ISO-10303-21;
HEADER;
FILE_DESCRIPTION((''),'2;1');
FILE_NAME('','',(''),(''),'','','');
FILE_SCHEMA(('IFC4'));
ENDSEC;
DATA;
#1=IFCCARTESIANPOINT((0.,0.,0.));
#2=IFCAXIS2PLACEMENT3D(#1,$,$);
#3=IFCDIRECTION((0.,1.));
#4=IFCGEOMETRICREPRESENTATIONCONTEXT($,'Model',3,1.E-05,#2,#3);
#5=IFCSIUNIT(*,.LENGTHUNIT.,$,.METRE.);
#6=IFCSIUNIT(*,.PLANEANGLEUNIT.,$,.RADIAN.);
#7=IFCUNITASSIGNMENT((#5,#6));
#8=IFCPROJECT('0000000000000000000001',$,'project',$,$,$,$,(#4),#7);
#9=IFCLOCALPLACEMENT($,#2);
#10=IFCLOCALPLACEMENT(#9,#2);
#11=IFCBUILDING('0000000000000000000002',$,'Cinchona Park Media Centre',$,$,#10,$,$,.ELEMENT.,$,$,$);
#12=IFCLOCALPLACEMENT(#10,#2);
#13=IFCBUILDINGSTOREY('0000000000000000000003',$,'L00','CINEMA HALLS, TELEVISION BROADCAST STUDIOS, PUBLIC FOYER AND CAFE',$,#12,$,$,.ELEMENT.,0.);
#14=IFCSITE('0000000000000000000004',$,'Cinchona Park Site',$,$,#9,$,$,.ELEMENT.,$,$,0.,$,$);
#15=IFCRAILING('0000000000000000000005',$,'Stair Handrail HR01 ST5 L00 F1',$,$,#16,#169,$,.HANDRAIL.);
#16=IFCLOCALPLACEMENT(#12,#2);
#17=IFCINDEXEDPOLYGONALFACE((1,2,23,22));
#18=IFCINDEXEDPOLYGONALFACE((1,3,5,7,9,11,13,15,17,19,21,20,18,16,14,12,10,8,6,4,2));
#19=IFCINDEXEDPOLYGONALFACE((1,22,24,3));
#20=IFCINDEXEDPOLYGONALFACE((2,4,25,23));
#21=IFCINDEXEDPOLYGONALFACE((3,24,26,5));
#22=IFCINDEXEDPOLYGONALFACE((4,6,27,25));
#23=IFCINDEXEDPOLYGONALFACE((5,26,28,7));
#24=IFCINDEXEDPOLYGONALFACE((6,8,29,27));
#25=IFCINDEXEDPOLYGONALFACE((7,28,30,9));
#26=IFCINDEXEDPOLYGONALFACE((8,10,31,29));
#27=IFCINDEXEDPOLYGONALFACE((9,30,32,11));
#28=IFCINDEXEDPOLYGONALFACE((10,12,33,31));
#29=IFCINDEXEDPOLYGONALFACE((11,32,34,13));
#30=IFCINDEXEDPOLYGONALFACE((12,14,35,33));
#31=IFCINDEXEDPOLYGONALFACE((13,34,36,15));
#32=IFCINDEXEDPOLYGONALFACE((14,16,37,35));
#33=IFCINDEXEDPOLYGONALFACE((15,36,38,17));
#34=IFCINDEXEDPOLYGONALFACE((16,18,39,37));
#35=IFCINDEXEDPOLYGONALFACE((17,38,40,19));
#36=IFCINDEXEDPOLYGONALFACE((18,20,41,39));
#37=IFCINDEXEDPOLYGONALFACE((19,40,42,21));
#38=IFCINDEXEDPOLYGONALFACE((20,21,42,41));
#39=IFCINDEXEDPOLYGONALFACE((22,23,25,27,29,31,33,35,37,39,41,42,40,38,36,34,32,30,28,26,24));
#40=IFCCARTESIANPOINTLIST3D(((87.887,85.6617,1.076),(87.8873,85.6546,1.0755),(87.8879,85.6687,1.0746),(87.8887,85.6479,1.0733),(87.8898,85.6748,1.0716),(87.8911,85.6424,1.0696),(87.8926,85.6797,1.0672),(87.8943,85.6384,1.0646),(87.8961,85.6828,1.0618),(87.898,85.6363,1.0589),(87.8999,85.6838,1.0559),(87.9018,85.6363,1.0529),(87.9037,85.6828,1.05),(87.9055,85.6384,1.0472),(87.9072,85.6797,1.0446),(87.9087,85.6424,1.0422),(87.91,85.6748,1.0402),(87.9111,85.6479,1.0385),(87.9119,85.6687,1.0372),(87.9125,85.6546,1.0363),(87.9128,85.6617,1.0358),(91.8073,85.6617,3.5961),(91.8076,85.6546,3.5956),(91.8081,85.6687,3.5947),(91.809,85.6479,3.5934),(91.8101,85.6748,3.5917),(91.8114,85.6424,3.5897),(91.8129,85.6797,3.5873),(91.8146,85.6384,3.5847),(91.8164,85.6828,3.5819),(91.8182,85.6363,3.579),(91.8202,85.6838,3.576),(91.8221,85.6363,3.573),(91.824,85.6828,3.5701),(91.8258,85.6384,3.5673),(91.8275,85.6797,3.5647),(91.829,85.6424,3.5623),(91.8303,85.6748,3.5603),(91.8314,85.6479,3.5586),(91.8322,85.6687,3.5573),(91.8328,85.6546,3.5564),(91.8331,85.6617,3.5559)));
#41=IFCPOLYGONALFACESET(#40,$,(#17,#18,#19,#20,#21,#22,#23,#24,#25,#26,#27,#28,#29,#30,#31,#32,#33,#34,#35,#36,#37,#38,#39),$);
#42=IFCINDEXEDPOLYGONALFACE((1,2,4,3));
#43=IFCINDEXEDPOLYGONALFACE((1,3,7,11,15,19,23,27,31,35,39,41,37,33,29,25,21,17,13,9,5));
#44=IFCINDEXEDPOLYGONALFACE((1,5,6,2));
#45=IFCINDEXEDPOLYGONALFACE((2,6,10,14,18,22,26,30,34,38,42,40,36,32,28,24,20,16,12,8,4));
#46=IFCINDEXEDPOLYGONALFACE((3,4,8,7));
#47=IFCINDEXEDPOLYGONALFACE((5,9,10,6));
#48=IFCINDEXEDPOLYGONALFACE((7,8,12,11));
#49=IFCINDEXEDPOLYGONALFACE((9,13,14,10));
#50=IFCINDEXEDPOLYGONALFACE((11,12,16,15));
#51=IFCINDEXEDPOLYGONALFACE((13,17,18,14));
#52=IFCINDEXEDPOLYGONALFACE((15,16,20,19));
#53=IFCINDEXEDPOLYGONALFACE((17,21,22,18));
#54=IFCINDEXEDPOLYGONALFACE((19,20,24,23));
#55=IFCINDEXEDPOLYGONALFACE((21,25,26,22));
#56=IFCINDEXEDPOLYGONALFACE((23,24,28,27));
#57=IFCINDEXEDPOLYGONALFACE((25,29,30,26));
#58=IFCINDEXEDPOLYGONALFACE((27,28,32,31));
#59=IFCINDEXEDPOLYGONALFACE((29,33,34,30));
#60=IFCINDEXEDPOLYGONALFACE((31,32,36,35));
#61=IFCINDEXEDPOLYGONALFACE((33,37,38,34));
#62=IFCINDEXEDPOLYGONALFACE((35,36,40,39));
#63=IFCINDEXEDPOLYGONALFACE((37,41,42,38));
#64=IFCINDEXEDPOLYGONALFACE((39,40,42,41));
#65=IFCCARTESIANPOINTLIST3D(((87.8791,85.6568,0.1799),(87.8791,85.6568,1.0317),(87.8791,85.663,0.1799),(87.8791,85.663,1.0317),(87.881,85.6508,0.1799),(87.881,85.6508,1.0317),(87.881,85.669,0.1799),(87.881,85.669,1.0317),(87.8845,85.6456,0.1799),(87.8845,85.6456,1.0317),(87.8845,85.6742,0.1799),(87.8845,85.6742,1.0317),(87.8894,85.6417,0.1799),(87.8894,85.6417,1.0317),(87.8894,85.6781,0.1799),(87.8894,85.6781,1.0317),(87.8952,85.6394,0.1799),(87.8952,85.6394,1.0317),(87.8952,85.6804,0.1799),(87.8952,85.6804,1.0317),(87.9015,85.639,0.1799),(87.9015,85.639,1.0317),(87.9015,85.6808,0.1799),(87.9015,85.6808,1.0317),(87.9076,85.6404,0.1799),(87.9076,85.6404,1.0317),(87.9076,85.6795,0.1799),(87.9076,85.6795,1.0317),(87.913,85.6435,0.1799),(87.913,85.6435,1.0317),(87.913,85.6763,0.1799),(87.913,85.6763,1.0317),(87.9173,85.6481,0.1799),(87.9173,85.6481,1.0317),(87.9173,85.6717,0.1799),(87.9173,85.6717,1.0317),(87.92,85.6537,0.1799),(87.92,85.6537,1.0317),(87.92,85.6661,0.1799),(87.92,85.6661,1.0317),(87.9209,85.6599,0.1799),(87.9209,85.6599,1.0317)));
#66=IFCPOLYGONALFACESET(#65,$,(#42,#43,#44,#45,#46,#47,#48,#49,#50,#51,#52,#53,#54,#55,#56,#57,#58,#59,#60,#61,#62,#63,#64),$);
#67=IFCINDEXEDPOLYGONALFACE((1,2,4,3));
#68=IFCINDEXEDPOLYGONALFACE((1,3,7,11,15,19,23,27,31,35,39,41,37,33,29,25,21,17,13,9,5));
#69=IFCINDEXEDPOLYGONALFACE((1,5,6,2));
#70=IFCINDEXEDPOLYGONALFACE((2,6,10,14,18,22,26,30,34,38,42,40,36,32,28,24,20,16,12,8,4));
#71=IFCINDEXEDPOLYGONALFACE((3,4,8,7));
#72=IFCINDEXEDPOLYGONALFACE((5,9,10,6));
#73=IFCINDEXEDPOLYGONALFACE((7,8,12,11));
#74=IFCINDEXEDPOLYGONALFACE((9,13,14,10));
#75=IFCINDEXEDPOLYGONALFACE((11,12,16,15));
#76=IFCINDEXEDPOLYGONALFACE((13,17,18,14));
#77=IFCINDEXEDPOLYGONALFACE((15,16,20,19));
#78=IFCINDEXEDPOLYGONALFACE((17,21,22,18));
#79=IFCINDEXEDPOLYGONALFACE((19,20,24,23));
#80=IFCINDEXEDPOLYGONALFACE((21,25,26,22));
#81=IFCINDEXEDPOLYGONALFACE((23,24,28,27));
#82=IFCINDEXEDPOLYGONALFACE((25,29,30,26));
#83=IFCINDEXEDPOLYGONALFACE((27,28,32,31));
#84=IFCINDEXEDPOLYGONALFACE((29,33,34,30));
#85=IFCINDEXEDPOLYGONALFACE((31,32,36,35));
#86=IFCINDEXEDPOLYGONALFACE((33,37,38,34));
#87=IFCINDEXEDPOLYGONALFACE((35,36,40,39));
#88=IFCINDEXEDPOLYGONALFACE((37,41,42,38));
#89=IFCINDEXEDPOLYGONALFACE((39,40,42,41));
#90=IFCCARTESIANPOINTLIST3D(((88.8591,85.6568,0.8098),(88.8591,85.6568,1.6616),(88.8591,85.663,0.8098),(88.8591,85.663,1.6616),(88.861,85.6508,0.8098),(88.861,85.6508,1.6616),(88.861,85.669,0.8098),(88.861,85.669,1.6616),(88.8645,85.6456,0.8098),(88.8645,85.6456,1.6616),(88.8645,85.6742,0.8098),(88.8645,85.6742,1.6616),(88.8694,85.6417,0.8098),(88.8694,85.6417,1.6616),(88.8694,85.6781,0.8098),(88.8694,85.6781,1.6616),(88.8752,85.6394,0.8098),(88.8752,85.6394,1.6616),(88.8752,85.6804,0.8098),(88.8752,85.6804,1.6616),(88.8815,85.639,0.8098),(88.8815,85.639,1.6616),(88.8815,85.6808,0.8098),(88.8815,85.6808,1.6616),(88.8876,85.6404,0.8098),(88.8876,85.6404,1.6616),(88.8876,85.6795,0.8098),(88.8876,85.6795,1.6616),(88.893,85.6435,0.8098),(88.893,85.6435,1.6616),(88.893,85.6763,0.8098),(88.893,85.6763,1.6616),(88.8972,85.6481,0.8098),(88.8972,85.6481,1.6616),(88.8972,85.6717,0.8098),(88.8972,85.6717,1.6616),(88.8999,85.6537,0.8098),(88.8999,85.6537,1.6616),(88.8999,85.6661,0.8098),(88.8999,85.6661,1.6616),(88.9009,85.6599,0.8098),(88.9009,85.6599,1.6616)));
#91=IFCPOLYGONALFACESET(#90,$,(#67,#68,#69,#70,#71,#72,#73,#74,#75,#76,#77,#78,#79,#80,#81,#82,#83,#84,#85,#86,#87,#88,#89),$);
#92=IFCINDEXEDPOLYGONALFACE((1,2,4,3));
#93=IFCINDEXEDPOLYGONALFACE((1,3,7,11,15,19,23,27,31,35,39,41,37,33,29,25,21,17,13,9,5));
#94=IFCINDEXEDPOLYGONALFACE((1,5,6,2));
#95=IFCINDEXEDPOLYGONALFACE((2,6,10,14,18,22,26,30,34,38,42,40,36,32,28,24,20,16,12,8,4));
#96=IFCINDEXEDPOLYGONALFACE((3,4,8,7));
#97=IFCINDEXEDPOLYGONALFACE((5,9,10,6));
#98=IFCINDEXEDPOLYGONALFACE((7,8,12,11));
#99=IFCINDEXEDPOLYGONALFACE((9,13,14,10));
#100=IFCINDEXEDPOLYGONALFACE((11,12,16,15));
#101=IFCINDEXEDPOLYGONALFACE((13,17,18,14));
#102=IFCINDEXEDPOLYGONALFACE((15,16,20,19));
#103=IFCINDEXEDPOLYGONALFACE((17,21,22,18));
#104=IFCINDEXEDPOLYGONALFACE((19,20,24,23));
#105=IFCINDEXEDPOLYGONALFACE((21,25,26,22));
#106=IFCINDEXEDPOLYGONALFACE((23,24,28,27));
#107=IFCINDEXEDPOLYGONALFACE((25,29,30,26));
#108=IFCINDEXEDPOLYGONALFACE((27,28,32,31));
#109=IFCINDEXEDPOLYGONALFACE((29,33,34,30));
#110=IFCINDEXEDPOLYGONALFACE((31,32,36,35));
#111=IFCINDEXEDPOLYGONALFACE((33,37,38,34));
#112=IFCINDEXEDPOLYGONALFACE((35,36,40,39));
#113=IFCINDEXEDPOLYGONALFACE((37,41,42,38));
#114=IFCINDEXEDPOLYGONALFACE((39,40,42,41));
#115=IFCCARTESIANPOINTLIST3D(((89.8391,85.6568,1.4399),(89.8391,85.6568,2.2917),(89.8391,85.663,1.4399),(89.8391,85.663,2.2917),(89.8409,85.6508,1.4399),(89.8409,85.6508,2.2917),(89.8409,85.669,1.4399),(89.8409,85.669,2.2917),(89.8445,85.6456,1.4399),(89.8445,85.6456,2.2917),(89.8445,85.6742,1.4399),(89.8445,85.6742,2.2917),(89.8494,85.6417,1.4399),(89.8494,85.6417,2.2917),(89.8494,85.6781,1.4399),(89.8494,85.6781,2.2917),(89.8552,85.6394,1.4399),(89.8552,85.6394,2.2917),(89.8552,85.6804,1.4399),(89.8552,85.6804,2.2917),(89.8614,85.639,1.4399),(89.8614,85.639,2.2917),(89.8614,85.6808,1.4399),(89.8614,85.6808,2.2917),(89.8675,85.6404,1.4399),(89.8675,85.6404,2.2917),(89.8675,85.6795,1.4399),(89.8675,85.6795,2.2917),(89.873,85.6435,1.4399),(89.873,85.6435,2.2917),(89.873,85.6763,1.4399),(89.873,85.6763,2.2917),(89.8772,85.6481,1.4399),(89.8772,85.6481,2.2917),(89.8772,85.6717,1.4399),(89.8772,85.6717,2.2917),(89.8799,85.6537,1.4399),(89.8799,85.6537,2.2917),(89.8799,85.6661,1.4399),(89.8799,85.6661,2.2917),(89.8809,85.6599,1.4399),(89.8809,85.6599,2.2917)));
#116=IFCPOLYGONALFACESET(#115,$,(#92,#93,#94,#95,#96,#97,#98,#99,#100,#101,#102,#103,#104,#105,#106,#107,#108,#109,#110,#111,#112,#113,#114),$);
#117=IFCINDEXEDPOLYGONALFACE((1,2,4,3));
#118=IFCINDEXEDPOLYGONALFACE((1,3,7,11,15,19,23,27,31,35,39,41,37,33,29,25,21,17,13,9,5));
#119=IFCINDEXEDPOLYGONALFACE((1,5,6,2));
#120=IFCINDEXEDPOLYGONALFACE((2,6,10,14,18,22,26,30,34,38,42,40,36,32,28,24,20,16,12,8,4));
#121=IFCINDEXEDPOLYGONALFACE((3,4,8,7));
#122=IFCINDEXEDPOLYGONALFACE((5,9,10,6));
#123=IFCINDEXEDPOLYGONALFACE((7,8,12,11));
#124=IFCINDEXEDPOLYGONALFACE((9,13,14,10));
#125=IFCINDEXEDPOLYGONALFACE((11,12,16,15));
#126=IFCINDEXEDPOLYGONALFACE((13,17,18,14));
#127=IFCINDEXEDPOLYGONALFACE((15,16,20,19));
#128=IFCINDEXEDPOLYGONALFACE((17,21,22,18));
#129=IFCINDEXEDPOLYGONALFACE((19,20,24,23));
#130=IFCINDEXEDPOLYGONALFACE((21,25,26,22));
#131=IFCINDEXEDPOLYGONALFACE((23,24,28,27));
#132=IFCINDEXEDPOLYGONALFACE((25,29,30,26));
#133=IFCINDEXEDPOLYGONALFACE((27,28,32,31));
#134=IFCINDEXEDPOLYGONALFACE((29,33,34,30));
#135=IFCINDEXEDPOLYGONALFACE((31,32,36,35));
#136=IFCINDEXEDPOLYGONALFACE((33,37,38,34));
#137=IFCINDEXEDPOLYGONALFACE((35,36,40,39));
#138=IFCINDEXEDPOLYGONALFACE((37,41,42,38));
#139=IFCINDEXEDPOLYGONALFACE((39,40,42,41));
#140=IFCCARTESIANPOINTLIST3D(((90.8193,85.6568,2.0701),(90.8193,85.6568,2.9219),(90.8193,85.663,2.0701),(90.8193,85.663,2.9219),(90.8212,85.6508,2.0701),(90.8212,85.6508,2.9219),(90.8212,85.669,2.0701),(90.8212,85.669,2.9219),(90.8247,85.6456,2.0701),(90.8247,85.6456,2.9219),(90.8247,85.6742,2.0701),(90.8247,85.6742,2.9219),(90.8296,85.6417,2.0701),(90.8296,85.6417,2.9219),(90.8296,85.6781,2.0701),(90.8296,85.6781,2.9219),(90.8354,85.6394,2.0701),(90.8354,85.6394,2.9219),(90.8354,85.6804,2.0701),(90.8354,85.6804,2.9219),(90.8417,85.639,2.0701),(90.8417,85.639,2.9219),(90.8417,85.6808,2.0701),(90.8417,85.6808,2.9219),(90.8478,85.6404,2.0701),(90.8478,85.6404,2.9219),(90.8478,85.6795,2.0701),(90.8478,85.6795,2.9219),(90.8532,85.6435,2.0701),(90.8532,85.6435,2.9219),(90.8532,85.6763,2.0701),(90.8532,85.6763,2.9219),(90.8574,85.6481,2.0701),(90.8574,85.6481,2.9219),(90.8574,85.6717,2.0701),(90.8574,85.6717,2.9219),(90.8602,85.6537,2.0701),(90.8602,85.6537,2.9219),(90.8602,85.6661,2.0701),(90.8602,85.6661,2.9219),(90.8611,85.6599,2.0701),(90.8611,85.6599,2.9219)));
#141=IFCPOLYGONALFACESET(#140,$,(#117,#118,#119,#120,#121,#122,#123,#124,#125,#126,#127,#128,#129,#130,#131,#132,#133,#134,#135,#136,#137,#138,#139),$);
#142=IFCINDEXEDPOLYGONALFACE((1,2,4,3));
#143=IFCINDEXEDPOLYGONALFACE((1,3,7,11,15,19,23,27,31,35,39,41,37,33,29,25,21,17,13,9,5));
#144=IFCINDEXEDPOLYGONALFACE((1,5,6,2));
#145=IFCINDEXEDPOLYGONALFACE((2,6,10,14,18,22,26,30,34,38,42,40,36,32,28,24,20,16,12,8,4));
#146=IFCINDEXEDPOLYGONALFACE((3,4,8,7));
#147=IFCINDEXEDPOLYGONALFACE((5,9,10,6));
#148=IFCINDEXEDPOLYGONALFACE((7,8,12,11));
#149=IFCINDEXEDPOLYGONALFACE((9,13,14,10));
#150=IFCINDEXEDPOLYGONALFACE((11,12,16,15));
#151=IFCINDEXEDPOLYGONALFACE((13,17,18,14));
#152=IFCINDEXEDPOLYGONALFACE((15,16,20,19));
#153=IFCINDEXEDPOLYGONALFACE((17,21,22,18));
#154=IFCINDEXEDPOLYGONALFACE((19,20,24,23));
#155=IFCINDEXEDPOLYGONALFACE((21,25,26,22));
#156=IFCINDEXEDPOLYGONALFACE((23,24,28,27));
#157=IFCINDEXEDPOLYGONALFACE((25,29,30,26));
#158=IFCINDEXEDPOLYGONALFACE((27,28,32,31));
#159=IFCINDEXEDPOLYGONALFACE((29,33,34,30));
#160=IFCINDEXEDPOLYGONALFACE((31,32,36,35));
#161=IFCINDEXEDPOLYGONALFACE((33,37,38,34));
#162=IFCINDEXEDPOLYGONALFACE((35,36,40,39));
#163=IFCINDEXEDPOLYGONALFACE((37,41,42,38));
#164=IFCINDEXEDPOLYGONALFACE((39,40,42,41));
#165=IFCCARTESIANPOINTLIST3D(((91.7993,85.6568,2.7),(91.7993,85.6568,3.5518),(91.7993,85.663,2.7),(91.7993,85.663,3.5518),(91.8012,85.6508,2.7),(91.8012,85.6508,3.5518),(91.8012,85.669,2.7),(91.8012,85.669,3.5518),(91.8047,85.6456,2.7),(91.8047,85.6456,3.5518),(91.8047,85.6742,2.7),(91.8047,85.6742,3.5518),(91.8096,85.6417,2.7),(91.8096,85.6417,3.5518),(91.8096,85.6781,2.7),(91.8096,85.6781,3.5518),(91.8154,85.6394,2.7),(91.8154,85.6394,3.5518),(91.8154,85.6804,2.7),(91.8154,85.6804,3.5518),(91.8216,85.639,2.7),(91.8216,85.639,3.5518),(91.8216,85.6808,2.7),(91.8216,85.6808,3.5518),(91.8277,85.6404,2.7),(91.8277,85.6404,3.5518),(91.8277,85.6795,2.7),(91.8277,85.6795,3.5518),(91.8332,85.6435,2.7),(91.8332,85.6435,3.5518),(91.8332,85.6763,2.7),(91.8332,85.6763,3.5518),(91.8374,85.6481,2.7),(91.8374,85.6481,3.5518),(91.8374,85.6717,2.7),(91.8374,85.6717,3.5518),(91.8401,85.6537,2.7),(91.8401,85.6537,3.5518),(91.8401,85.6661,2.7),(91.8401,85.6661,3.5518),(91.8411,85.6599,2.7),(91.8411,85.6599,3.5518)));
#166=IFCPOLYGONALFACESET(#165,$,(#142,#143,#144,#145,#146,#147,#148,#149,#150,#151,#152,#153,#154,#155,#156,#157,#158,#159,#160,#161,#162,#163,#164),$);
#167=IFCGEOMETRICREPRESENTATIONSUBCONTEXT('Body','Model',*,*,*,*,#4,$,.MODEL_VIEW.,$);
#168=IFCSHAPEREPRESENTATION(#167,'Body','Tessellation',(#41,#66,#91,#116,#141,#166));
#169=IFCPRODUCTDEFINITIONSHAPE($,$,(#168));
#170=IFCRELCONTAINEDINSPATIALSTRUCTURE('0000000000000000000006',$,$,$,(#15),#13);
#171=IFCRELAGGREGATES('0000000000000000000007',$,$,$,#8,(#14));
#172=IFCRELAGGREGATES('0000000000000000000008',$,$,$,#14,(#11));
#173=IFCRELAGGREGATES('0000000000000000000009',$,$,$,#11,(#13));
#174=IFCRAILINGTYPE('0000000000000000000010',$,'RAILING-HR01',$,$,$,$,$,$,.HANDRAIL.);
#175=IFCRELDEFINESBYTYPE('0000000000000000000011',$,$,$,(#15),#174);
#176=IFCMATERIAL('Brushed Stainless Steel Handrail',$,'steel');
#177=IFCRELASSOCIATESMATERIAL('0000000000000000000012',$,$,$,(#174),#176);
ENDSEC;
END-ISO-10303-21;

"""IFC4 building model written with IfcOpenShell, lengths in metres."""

from ifc_helpers import new_model, si_unit, direction, frame, origin, origin_2d, place, context, subcontext, project, spatial, circle, extrude, material, type_object, element, save


model = new_model("IFC4")

# Units and contexts
model_context = context("Model", 3, precision=1e-05, world=origin(), true_north=direction((0.0, 1.0)))
body_context = subcontext(model_context, "Body", "Model", "MODEL_VIEW")
ifc_project = project(units=[si_unit("LENGTHUNIT", "METRE"), si_unit("PLANEANGLEUNIT", "RADIAN")], contexts=[model_context])

# Site, building, storey
site_placement = place(None, origin())
site = spatial("IfcSite", under=ifc_project, at=site_placement, Name="Cinchona Park Site", CompositionType="ELEMENT", RefElevation=0.0)
building_placement = place(site_placement, origin())
building = spatial("IfcBuilding", under=site, at=building_placement, Name="Cinchona Park Media Centre", CompositionType="ELEMENT")
storey_placement = place(building_placement, origin())
storey = spatial("IfcBuildingStorey", under=building, at=storey_placement, Name="L00", Description="CINEMA HALLS, TELEVISION BROADCAST STUDIOS, PUBLIC FOYER AND CAFE", CompositionType="ELEMENT", Elevation=0.0)

# Railing
ifc_material_1 = material(Name="Brushed Stainless Steel Handrail", Category="steel")
railing_type_1 = type_object("IfcRailingType", Name="RAILING-HR01", PredefinedType="HANDRAIL", material=ifc_material_1)
railing_1_placement = place(storey_placement, frame((87.8999, 85.6599, 0.1799)))
element("IfcRailing", 1, at=railing_1_placement, inside=storey, type_object=railing_type_1, Name="Stair Handrail HR01 ST5 L00 F1", PredefinedType="HANDRAIL", context=body_context, shape_type="SweptSolid", body=[
    extrude(circle(Radius=0.0239, at=origin_2d()), frame((0.0, 0.0, 0.876), z_axis=(0.841187, 0.0, 0.540744), x_axis=(0.0, 1.0, 0.0)), (0.0, 0.0, 1.0), 4.6604),
    extrude(circle(Radius=0.021, at=origin_2d()), origin(), (0.0, 0.0, 1.0), 0.8518),
    extrude(circle(Radius=0.021, at=origin_2d()), frame((0.98, 0.0, 0.6299)), (0.0, 0.0, 1.0), 0.8518),
    extrude(circle(Radius=0.021, at=origin_2d()), frame((1.96, 0.0, 1.26)), (0.0, 0.0, 1.0), 0.8518),
    extrude(circle(Radius=0.021, at=origin_2d()), frame((2.9402, 0.0, 1.8901)), (0.0, 0.0, 1.0), 0.8518),
    extrude(circle(Radius=0.021, at=origin_2d()), frame((3.9202, 0.0, 2.52)), (0.0, 0.0, 1.0), 0.8518),
])

save(model, "model.ifc")
